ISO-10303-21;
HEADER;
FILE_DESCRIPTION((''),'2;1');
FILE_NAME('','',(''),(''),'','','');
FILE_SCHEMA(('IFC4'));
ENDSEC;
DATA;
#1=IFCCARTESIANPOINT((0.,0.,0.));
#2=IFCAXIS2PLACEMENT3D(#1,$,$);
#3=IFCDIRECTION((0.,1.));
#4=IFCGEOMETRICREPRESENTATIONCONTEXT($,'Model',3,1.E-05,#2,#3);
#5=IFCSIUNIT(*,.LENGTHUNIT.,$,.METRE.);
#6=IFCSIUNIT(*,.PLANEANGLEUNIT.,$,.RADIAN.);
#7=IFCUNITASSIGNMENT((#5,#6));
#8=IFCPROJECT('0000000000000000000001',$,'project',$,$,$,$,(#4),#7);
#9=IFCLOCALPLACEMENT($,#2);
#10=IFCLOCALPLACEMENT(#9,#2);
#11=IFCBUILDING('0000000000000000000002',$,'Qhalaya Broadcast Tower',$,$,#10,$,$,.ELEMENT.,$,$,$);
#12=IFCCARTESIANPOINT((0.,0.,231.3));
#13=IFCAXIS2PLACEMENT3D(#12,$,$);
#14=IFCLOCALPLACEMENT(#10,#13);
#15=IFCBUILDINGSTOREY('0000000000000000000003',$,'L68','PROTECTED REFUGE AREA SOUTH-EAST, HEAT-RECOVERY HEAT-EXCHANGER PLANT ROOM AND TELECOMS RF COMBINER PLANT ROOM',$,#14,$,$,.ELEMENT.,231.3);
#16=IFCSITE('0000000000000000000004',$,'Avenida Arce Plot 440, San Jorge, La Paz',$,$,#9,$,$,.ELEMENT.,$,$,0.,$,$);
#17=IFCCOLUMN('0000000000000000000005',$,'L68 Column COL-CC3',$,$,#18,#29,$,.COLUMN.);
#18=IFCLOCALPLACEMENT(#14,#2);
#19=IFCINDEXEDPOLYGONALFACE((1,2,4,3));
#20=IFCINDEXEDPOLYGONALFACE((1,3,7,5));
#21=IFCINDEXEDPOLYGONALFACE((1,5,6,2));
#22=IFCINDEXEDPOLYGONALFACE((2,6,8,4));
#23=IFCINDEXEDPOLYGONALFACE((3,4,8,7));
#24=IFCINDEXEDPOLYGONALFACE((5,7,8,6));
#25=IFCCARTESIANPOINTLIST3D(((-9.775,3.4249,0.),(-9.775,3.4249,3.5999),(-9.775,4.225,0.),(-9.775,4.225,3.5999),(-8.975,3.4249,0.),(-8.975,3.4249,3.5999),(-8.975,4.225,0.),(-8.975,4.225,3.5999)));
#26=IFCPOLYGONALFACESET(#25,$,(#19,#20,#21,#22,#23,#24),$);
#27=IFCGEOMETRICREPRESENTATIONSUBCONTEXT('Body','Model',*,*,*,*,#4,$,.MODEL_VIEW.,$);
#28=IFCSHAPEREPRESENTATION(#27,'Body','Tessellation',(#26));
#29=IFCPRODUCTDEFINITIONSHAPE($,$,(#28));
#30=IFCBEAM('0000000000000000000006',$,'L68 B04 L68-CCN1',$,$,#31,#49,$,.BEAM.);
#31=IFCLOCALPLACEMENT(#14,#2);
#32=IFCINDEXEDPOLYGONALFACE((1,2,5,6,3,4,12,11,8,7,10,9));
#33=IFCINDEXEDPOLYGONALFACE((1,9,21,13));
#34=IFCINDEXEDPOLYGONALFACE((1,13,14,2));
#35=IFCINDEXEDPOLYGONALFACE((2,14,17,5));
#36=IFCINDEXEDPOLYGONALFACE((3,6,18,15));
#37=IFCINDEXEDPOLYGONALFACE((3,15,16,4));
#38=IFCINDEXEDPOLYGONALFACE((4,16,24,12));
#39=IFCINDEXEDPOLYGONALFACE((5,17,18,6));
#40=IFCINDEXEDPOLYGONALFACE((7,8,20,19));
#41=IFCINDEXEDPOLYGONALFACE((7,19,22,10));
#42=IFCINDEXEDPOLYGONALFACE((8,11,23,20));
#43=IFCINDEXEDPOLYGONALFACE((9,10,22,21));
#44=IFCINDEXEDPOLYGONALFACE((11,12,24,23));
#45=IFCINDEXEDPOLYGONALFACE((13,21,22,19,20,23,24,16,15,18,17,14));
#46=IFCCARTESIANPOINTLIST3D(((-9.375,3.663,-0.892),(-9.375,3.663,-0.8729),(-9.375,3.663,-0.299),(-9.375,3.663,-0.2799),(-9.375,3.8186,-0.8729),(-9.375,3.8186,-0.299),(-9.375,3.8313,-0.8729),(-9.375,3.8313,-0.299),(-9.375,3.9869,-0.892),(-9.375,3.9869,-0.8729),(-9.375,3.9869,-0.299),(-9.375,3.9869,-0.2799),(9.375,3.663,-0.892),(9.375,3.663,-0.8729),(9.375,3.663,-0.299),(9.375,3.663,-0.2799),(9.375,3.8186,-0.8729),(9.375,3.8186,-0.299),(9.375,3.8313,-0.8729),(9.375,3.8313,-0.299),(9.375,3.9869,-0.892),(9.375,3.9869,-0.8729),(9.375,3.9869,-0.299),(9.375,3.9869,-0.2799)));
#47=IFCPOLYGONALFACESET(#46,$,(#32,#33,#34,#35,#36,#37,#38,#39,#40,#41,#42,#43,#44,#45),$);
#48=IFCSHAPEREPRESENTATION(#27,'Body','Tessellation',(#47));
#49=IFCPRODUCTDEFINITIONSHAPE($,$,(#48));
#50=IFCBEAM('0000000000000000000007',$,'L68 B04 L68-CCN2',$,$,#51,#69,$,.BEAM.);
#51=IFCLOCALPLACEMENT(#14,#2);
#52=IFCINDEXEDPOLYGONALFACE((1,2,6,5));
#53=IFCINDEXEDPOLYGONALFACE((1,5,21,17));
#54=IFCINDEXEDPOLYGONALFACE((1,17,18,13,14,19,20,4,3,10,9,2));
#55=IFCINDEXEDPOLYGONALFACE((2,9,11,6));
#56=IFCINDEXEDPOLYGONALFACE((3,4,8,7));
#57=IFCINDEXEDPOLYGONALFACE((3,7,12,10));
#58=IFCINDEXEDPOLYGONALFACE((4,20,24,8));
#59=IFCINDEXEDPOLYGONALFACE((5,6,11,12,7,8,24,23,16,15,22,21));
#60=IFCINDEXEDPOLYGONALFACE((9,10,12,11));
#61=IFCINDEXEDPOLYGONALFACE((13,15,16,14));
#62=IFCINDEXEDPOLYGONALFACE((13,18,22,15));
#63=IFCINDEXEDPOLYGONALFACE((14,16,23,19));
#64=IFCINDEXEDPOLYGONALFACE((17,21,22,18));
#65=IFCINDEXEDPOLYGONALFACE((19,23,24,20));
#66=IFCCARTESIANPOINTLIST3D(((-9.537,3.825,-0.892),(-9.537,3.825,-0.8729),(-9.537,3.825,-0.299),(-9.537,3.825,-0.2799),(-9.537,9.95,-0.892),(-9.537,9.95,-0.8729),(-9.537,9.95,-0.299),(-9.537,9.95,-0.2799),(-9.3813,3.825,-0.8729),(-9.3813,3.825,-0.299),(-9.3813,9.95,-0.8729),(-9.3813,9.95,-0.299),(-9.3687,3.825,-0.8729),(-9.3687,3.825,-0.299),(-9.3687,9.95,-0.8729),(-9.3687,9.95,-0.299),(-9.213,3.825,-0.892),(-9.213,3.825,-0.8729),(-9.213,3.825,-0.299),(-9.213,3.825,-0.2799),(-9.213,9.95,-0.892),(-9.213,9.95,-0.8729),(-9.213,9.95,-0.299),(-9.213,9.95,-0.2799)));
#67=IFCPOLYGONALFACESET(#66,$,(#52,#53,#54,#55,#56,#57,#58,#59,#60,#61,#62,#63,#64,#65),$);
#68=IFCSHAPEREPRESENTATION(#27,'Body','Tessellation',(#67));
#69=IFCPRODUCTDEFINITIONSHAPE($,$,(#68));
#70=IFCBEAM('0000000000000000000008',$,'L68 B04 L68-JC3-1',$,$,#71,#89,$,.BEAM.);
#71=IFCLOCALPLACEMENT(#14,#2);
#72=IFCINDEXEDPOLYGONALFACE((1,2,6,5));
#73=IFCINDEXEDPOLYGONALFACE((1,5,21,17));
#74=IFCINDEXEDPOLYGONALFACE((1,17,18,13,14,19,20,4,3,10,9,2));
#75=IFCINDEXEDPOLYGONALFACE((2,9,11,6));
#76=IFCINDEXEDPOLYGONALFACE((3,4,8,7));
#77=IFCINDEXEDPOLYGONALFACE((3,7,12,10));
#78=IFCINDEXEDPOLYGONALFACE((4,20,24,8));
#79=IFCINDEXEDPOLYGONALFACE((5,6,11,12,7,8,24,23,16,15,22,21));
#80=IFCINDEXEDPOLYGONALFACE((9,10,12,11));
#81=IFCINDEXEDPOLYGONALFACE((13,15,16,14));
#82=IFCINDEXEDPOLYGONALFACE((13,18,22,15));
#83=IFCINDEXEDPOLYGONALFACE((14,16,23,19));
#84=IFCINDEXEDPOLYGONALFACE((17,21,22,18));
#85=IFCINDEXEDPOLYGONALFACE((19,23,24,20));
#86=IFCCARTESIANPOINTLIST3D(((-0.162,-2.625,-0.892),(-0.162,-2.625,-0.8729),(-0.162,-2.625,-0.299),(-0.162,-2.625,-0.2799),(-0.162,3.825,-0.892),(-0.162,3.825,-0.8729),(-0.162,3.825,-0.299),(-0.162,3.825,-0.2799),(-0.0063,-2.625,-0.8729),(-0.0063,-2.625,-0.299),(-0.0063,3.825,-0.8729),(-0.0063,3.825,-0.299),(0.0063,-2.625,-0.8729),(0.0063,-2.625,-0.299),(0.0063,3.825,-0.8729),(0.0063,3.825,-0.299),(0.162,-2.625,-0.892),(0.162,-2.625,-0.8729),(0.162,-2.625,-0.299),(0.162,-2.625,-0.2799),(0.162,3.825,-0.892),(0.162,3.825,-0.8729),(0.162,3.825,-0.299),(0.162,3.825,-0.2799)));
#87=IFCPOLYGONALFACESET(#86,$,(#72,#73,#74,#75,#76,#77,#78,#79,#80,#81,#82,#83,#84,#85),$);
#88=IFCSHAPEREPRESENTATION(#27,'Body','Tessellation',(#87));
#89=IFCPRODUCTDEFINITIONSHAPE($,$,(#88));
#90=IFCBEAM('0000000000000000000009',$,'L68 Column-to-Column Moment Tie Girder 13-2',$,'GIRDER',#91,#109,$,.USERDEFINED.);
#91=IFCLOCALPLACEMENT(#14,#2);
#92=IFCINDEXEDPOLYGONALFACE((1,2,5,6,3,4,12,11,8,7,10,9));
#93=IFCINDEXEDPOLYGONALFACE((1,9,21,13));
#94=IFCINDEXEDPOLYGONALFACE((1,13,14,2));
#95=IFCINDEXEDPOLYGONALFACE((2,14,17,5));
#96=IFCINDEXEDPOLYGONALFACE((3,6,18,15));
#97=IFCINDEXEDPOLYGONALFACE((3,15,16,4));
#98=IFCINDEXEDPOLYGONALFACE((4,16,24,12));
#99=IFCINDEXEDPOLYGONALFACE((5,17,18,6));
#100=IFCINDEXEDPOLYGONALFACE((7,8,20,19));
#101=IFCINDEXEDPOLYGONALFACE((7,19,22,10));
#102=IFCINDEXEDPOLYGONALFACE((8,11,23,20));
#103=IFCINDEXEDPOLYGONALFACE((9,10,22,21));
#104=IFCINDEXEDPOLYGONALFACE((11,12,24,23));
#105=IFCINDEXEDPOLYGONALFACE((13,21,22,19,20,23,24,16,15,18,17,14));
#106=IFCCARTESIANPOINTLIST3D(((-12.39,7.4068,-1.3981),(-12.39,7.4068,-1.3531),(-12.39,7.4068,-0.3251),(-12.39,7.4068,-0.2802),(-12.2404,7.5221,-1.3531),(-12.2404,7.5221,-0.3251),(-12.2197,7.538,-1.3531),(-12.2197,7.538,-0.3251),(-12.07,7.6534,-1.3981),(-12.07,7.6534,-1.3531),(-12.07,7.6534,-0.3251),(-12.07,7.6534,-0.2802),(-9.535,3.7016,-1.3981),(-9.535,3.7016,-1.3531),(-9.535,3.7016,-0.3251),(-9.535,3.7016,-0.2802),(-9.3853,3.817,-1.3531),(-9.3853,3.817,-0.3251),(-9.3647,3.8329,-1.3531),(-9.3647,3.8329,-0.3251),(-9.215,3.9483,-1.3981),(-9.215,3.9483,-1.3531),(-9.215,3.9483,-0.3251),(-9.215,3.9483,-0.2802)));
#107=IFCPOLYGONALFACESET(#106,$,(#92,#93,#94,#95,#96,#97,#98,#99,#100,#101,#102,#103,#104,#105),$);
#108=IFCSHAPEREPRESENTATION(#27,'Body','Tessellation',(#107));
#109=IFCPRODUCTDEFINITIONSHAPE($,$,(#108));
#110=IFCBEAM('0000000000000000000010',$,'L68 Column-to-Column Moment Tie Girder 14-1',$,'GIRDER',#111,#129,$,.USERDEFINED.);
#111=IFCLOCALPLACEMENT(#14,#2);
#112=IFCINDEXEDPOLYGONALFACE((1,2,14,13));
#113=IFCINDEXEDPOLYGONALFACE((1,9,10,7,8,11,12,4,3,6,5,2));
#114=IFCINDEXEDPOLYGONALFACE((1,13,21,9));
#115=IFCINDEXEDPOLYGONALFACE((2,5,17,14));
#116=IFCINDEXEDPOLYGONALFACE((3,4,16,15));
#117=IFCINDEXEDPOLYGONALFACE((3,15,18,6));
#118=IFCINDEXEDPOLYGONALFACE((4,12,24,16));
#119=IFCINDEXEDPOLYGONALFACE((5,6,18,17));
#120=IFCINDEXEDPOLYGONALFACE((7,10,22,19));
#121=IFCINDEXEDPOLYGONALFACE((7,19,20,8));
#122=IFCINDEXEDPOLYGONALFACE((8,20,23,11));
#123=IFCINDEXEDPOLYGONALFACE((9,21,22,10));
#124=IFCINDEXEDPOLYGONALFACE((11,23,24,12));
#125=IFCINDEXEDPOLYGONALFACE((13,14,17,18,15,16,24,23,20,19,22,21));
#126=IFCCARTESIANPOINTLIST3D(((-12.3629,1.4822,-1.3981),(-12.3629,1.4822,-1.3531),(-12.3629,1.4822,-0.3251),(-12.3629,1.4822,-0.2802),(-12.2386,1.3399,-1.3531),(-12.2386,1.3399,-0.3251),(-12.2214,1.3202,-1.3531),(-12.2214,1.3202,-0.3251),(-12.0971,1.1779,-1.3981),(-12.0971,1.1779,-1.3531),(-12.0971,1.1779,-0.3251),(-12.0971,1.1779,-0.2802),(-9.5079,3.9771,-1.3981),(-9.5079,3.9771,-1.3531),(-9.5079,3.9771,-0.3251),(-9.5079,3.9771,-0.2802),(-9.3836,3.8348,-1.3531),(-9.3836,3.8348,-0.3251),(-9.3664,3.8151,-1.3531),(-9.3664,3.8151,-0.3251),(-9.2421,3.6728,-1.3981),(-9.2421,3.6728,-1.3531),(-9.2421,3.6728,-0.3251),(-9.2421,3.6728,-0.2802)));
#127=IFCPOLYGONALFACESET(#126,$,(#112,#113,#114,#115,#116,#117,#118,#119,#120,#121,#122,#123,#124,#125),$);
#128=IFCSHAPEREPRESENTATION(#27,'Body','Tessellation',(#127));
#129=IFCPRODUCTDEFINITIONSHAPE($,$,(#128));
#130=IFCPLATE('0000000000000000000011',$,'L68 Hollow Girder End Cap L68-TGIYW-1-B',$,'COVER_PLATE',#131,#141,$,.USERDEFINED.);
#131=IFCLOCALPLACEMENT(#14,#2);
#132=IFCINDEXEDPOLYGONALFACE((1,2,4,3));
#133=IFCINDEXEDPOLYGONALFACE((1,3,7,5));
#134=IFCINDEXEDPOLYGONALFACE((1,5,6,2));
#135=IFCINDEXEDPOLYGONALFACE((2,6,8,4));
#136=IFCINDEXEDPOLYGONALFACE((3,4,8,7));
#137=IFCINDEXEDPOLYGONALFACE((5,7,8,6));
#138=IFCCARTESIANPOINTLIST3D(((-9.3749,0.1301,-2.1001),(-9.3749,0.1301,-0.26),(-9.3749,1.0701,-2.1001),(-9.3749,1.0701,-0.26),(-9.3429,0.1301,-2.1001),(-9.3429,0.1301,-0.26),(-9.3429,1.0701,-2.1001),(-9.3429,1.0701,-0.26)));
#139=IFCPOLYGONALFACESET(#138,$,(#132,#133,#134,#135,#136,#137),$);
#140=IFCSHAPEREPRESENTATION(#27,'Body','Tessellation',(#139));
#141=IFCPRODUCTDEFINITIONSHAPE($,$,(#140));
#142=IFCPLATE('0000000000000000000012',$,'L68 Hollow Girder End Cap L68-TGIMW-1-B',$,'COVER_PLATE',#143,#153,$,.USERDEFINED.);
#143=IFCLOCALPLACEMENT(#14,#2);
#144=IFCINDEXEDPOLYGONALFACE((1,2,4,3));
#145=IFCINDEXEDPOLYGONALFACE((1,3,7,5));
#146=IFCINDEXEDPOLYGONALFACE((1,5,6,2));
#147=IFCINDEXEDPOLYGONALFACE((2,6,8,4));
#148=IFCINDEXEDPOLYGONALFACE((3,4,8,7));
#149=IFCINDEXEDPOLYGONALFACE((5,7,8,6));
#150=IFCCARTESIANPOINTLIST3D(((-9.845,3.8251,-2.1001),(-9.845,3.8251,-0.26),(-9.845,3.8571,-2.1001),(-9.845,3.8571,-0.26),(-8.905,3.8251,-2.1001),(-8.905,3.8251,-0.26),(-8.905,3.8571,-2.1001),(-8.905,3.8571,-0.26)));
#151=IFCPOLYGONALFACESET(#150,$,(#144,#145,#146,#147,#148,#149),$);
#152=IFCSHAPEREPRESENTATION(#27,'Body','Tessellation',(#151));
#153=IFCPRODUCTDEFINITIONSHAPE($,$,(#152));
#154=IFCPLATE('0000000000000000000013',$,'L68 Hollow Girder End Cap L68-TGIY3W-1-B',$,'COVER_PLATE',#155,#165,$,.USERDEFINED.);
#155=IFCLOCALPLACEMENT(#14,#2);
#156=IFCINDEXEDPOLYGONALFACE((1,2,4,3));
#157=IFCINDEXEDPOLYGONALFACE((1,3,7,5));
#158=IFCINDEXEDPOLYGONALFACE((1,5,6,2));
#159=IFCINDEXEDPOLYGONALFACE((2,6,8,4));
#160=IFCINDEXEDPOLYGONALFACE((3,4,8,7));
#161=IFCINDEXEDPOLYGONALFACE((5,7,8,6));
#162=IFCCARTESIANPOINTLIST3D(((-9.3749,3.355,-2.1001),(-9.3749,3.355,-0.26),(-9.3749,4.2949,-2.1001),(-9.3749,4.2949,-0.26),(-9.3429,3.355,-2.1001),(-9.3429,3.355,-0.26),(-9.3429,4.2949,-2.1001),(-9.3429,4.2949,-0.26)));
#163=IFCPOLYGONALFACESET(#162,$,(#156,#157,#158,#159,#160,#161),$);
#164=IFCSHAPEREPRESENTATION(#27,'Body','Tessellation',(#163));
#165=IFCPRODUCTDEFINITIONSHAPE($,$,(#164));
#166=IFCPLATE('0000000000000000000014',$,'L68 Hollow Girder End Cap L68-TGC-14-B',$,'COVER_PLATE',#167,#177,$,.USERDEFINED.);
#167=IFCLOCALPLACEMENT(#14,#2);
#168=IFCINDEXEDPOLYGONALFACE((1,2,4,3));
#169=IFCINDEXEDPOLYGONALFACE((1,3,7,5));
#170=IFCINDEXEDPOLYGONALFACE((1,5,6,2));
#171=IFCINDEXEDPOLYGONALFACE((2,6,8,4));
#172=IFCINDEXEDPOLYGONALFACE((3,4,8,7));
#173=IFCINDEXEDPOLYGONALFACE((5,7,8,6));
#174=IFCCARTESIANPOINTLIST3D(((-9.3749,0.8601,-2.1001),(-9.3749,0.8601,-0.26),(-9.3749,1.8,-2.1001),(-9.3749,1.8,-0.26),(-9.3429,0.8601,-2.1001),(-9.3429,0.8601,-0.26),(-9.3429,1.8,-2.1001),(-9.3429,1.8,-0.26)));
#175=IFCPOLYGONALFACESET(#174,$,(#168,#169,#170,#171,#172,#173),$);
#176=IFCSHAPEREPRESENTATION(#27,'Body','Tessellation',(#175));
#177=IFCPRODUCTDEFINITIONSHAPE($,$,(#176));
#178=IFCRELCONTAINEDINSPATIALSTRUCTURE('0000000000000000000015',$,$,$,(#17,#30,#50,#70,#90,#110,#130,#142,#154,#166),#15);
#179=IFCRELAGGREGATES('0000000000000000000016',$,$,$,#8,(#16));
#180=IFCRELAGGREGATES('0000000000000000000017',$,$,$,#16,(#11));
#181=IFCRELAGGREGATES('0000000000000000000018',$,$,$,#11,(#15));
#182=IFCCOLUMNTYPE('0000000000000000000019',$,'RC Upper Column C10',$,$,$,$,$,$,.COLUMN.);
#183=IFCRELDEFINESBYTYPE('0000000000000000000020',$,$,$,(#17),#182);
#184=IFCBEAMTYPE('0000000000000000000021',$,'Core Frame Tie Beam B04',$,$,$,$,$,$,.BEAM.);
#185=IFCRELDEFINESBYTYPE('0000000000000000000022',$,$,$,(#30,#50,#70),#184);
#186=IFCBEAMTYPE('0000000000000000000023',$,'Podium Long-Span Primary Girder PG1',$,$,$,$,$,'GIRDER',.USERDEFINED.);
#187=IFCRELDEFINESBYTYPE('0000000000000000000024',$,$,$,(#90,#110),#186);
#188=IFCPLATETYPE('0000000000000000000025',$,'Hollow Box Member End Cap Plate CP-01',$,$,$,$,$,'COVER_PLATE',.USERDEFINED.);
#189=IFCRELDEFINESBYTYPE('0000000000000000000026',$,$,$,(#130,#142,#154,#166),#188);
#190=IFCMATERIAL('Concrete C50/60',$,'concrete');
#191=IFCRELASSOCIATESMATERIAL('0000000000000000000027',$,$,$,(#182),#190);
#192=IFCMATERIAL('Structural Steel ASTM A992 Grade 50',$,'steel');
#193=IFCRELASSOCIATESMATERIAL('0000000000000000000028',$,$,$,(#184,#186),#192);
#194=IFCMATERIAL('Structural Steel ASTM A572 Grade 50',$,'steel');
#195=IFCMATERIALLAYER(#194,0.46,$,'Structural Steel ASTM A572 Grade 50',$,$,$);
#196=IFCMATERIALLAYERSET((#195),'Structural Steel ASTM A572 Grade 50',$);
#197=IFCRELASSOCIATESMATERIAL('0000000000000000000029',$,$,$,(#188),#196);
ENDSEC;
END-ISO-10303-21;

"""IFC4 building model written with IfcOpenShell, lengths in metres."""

from ifc_helpers import new_model, si_unit, direction, frame, origin, origin_2d, place, context, subcontext, project, spatial, rectangle, i_section, extrude, material, layer, layer_set, material_profile, profile_set, type_object, element, save


model = new_model("IFC4")

# Units and contexts
model_context = context("Model", 3, precision=1e-05, world=origin(), true_north=direction((0.0, 1.0)))
body_context = subcontext(model_context, "Body", "Model", "MODEL_VIEW")
ifc_project = project(units=[si_unit("LENGTHUNIT", "METRE"), si_unit("PLANEANGLEUNIT", "RADIAN")], contexts=[model_context])

# Site, building, storey
site_placement = place(None, origin())
site = spatial("IfcSite", under=ifc_project, at=site_placement, Name="Avenida Arce Plot 440, San Jorge, La Paz", CompositionType="ELEMENT", RefElevation=0.0)
building_placement = place(site_placement, origin())
building = spatial("IfcBuilding", under=site, at=building_placement, Name="Qhalaya Broadcast Tower", CompositionType="ELEMENT")
storey_placement = place(building_placement, frame((0.0, 0.0, 231.3)))
storey = spatial("IfcBuildingStorey", under=building, at=storey_placement, Name="L68", Description="PROTECTED REFUGE AREA SOUTH-EAST, HEAT-RECOVERY HEAT-EXCHANGER PLANT ROOM AND TELECOMS RF COMBINER PLANT ROOM", CompositionType="ELEMENT", Elevation=231.3)

# Column
ifc_material_1 = material(Name="Concrete C50/60", Category="concrete")
ifc_material_profile_1 = material_profile(ifc_material_1, rectangle(XDim=0.8, YDim=0.8, at=origin_2d()), Name="RC-COL 800x800")
ifc_profile_set_1 = profile_set([ifc_material_profile_1], Name="Concrete C50/60")
column_type = type_object("IfcColumnType", Name="RC Upper Column C10", PredefinedType="COLUMN", material=ifc_profile_set_1)
column_placement = place(storey_placement, frame((-9.375, 3.825, 0.0), z_axis=(0.0, 0.0, 1.0), x_axis=(1.0, 0.0, 0.0)))
element("IfcColumn", 1, at=column_placement, inside=storey, type_object=column_type, Name="L68 Column COL-CC3", PredefinedType="COLUMN", context=body_context, shape_type="SweptSolid", body=[
    extrude(rectangle(XDim=0.8, YDim=0.8, at=origin_2d()), origin(), (0.0, 0.0, 1.0), 3.5999),
])

# Beams
ifc_material_2 = material(Name="Structural Steel ASTM A992 Grade 50", Category="steel")
ifc_material_profile_2 = material_profile(ifc_material_2, i_section(OverallWidth=0.324, OverallDepth=0.6121, WebThickness=0.0127, FlangeThickness=0.019, at=origin_2d()), Name="W24X104")
ifc_profile_set_2 = profile_set([ifc_material_profile_2], Name="Structural Steel ASTM A992 Grade 50")
beam_type_1 = type_object("IfcBeamType", Name="Core Frame Tie Beam B04", PredefinedType="BEAM", material=ifc_profile_set_2)
beam_1_placement = place(storey_placement, frame((-9.375, 3.825, -0.5859), z_axis=(1.0, 0.0, 0.0), x_axis=(0.0, 1.0, 0.0)))
element("IfcBeam", 2, at=beam_1_placement, inside=storey, type_object=beam_type_1, Name="L68 B04 L68-CCN1", PredefinedType="BEAM", context=body_context, shape_type="SweptSolid", body=[
    extrude(i_section(OverallWidth=0.324, OverallDepth=0.6121, WebThickness=0.0127, FlangeThickness=0.019, at=origin_2d()), origin(), (0.0, 0.0, 1.0), 18.75),
])
beam_2_placement = place(storey_placement, frame((-9.375, 3.825, -0.5859), z_axis=(0.0, 1.0, 0.0), x_axis=(-1.0, 0.0, 0.0)))
element("IfcBeam", 3, at=beam_2_placement, inside=storey, type_object=beam_type_1, Name="L68 B04 L68-CCN2", PredefinedType="BEAM", context=body_context, shape_type="SweptSolid", body=[
    extrude(i_section(OverallWidth=0.324, OverallDepth=0.6121, WebThickness=0.0127, FlangeThickness=0.019, at=origin_2d()), origin(), (0.0, 0.0, 1.0), 6.125),
])
beam_3_placement = place(storey_placement, frame((0.0, -2.625, -0.5859), z_axis=(0.0, 1.0, 0.0), x_axis=(-1.0, 0.0, 0.0)))
element("IfcBeam", 4, at=beam_3_placement, inside=storey, type_object=beam_type_1, Name="L68 B04 L68-JC3-1", PredefinedType="BEAM", context=body_context, shape_type="SweptSolid", body=[
    extrude(i_section(OverallWidth=0.324, OverallDepth=0.6121, WebThickness=0.0127, FlangeThickness=0.019, at=origin_2d()), origin(), (0.0, 0.0, 1.0), 6.45),
])
ifc_material_profile_3 = material_profile(ifc_material_2, i_section(OverallWidth=0.4041, OverallDepth=1.1179, WebThickness=0.0261, FlangeThickness=0.0449, at=origin_2d()), Name="W44X335")
ifc_profile_set_3 = profile_set([ifc_material_profile_3], Name="Structural Steel ASTM A992 Grade 50")
beam_type_2 = type_object("IfcBeamType", Name="Podium Long-Span Primary Girder PG1", ElementType="GIRDER", PredefinedType="USERDEFINED", material=ifc_profile_set_3)
beam_4_placement = place(storey_placement, frame((-9.375, 3.825, -0.8391), z_axis=(-0.610371, 0.792115, 0.0), x_axis=(-0.792115, -0.610371, 0.0)))
element("IfcBeam", 5, at=beam_4_placement, inside=storey, type_object=beam_type_2, Name="L68 Column-to-Column Moment Tie Girder 13-2", ObjectType="GIRDER", PredefinedType="USERDEFINED", context=body_context, shape_type="SweptSolid", body=[
    extrude(i_section(OverallWidth=0.4041, OverallDepth=1.1179, WebThickness=0.0261, FlangeThickness=0.0449, at=origin_2d()), origin(), (0.0, 0.0, 1.0), 4.6775),
])
beam_5_placement = place(storey_placement, frame((-9.375, 3.825, -0.8391), z_axis=(-0.752999, -0.658021, 0.0), x_axis=(0.658021, -0.752999, 0.0)))
element("IfcBeam", 6, at=beam_5_placement, inside=storey, type_object=beam_type_2, Name="L68 Column-to-Column Moment Tie Girder 14-1", ObjectType="GIRDER", PredefinedType="USERDEFINED", context=body_context, shape_type="SweptSolid", body=[
    extrude(i_section(OverallWidth=0.4041, OverallDepth=1.1179, WebThickness=0.0261, FlangeThickness=0.0449, at=origin_2d()), origin(), (0.0, 0.0, 1.0), 3.7915),
])

# Plates
ifc_material_3 = material(Name="Structural Steel ASTM A572 Grade 50", Category="steel")
ifc_layer_1 = layer(ifc_material_3, 0.46, Name="Structural Steel ASTM A572 Grade 50")
ifc_layer_set_1 = layer_set([ifc_layer_1], Name="Structural Steel ASTM A572 Grade 50")
plate_type = type_object("IfcPlateType", Name="Hollow Box Member End Cap Plate CP-01", ElementType="COVER_PLATE", PredefinedType="USERDEFINED", material=ifc_layer_set_1)
for number, where, z_axis, x_axis, name in (
    (7, (-9.3589, 0.6001, -2.1001), (0.0, 0.0, 1.0), (0.0, 1.0, 0.0), "L68 Hollow Girder End Cap L68-TGIYW-1-B"),
    (8, (-9.375, 3.8411, -2.1001), (0.0, 0.0, 1.0), (-1.0, 0.0, 0.0), "L68 Hollow Girder End Cap L68-TGIMW-1-B"),
    (9, (-9.3589, 3.825, -2.1001), (0.0, 0.0, 1.0), (0.0, 1.0, 0.0), "L68 Hollow Girder End Cap L68-TGIY3W-1-B"),
    (10, (-9.3589, 1.3301, -2.1001), (0.0, 0.0, 1.0), (0.0, 1.0, 0.0), "L68 Hollow Girder End Cap L68-TGC-14-B"),
):
    element("IfcPlate", number, at=place(storey_placement, frame(where, z_axis=z_axis, x_axis=x_axis)), inside=storey, type_object=plate_type, Name=name, ObjectType="COVER_PLATE", PredefinedType="USERDEFINED", context=body_context, shape_type="SweptSolid", body=[
        extrude(rectangle(XDim=0.9399, YDim=0.032, at=origin_2d()), origin(), (0.0, 0.0, 1.0), 1.8401),
    ])

save(model, "model.ifc")
